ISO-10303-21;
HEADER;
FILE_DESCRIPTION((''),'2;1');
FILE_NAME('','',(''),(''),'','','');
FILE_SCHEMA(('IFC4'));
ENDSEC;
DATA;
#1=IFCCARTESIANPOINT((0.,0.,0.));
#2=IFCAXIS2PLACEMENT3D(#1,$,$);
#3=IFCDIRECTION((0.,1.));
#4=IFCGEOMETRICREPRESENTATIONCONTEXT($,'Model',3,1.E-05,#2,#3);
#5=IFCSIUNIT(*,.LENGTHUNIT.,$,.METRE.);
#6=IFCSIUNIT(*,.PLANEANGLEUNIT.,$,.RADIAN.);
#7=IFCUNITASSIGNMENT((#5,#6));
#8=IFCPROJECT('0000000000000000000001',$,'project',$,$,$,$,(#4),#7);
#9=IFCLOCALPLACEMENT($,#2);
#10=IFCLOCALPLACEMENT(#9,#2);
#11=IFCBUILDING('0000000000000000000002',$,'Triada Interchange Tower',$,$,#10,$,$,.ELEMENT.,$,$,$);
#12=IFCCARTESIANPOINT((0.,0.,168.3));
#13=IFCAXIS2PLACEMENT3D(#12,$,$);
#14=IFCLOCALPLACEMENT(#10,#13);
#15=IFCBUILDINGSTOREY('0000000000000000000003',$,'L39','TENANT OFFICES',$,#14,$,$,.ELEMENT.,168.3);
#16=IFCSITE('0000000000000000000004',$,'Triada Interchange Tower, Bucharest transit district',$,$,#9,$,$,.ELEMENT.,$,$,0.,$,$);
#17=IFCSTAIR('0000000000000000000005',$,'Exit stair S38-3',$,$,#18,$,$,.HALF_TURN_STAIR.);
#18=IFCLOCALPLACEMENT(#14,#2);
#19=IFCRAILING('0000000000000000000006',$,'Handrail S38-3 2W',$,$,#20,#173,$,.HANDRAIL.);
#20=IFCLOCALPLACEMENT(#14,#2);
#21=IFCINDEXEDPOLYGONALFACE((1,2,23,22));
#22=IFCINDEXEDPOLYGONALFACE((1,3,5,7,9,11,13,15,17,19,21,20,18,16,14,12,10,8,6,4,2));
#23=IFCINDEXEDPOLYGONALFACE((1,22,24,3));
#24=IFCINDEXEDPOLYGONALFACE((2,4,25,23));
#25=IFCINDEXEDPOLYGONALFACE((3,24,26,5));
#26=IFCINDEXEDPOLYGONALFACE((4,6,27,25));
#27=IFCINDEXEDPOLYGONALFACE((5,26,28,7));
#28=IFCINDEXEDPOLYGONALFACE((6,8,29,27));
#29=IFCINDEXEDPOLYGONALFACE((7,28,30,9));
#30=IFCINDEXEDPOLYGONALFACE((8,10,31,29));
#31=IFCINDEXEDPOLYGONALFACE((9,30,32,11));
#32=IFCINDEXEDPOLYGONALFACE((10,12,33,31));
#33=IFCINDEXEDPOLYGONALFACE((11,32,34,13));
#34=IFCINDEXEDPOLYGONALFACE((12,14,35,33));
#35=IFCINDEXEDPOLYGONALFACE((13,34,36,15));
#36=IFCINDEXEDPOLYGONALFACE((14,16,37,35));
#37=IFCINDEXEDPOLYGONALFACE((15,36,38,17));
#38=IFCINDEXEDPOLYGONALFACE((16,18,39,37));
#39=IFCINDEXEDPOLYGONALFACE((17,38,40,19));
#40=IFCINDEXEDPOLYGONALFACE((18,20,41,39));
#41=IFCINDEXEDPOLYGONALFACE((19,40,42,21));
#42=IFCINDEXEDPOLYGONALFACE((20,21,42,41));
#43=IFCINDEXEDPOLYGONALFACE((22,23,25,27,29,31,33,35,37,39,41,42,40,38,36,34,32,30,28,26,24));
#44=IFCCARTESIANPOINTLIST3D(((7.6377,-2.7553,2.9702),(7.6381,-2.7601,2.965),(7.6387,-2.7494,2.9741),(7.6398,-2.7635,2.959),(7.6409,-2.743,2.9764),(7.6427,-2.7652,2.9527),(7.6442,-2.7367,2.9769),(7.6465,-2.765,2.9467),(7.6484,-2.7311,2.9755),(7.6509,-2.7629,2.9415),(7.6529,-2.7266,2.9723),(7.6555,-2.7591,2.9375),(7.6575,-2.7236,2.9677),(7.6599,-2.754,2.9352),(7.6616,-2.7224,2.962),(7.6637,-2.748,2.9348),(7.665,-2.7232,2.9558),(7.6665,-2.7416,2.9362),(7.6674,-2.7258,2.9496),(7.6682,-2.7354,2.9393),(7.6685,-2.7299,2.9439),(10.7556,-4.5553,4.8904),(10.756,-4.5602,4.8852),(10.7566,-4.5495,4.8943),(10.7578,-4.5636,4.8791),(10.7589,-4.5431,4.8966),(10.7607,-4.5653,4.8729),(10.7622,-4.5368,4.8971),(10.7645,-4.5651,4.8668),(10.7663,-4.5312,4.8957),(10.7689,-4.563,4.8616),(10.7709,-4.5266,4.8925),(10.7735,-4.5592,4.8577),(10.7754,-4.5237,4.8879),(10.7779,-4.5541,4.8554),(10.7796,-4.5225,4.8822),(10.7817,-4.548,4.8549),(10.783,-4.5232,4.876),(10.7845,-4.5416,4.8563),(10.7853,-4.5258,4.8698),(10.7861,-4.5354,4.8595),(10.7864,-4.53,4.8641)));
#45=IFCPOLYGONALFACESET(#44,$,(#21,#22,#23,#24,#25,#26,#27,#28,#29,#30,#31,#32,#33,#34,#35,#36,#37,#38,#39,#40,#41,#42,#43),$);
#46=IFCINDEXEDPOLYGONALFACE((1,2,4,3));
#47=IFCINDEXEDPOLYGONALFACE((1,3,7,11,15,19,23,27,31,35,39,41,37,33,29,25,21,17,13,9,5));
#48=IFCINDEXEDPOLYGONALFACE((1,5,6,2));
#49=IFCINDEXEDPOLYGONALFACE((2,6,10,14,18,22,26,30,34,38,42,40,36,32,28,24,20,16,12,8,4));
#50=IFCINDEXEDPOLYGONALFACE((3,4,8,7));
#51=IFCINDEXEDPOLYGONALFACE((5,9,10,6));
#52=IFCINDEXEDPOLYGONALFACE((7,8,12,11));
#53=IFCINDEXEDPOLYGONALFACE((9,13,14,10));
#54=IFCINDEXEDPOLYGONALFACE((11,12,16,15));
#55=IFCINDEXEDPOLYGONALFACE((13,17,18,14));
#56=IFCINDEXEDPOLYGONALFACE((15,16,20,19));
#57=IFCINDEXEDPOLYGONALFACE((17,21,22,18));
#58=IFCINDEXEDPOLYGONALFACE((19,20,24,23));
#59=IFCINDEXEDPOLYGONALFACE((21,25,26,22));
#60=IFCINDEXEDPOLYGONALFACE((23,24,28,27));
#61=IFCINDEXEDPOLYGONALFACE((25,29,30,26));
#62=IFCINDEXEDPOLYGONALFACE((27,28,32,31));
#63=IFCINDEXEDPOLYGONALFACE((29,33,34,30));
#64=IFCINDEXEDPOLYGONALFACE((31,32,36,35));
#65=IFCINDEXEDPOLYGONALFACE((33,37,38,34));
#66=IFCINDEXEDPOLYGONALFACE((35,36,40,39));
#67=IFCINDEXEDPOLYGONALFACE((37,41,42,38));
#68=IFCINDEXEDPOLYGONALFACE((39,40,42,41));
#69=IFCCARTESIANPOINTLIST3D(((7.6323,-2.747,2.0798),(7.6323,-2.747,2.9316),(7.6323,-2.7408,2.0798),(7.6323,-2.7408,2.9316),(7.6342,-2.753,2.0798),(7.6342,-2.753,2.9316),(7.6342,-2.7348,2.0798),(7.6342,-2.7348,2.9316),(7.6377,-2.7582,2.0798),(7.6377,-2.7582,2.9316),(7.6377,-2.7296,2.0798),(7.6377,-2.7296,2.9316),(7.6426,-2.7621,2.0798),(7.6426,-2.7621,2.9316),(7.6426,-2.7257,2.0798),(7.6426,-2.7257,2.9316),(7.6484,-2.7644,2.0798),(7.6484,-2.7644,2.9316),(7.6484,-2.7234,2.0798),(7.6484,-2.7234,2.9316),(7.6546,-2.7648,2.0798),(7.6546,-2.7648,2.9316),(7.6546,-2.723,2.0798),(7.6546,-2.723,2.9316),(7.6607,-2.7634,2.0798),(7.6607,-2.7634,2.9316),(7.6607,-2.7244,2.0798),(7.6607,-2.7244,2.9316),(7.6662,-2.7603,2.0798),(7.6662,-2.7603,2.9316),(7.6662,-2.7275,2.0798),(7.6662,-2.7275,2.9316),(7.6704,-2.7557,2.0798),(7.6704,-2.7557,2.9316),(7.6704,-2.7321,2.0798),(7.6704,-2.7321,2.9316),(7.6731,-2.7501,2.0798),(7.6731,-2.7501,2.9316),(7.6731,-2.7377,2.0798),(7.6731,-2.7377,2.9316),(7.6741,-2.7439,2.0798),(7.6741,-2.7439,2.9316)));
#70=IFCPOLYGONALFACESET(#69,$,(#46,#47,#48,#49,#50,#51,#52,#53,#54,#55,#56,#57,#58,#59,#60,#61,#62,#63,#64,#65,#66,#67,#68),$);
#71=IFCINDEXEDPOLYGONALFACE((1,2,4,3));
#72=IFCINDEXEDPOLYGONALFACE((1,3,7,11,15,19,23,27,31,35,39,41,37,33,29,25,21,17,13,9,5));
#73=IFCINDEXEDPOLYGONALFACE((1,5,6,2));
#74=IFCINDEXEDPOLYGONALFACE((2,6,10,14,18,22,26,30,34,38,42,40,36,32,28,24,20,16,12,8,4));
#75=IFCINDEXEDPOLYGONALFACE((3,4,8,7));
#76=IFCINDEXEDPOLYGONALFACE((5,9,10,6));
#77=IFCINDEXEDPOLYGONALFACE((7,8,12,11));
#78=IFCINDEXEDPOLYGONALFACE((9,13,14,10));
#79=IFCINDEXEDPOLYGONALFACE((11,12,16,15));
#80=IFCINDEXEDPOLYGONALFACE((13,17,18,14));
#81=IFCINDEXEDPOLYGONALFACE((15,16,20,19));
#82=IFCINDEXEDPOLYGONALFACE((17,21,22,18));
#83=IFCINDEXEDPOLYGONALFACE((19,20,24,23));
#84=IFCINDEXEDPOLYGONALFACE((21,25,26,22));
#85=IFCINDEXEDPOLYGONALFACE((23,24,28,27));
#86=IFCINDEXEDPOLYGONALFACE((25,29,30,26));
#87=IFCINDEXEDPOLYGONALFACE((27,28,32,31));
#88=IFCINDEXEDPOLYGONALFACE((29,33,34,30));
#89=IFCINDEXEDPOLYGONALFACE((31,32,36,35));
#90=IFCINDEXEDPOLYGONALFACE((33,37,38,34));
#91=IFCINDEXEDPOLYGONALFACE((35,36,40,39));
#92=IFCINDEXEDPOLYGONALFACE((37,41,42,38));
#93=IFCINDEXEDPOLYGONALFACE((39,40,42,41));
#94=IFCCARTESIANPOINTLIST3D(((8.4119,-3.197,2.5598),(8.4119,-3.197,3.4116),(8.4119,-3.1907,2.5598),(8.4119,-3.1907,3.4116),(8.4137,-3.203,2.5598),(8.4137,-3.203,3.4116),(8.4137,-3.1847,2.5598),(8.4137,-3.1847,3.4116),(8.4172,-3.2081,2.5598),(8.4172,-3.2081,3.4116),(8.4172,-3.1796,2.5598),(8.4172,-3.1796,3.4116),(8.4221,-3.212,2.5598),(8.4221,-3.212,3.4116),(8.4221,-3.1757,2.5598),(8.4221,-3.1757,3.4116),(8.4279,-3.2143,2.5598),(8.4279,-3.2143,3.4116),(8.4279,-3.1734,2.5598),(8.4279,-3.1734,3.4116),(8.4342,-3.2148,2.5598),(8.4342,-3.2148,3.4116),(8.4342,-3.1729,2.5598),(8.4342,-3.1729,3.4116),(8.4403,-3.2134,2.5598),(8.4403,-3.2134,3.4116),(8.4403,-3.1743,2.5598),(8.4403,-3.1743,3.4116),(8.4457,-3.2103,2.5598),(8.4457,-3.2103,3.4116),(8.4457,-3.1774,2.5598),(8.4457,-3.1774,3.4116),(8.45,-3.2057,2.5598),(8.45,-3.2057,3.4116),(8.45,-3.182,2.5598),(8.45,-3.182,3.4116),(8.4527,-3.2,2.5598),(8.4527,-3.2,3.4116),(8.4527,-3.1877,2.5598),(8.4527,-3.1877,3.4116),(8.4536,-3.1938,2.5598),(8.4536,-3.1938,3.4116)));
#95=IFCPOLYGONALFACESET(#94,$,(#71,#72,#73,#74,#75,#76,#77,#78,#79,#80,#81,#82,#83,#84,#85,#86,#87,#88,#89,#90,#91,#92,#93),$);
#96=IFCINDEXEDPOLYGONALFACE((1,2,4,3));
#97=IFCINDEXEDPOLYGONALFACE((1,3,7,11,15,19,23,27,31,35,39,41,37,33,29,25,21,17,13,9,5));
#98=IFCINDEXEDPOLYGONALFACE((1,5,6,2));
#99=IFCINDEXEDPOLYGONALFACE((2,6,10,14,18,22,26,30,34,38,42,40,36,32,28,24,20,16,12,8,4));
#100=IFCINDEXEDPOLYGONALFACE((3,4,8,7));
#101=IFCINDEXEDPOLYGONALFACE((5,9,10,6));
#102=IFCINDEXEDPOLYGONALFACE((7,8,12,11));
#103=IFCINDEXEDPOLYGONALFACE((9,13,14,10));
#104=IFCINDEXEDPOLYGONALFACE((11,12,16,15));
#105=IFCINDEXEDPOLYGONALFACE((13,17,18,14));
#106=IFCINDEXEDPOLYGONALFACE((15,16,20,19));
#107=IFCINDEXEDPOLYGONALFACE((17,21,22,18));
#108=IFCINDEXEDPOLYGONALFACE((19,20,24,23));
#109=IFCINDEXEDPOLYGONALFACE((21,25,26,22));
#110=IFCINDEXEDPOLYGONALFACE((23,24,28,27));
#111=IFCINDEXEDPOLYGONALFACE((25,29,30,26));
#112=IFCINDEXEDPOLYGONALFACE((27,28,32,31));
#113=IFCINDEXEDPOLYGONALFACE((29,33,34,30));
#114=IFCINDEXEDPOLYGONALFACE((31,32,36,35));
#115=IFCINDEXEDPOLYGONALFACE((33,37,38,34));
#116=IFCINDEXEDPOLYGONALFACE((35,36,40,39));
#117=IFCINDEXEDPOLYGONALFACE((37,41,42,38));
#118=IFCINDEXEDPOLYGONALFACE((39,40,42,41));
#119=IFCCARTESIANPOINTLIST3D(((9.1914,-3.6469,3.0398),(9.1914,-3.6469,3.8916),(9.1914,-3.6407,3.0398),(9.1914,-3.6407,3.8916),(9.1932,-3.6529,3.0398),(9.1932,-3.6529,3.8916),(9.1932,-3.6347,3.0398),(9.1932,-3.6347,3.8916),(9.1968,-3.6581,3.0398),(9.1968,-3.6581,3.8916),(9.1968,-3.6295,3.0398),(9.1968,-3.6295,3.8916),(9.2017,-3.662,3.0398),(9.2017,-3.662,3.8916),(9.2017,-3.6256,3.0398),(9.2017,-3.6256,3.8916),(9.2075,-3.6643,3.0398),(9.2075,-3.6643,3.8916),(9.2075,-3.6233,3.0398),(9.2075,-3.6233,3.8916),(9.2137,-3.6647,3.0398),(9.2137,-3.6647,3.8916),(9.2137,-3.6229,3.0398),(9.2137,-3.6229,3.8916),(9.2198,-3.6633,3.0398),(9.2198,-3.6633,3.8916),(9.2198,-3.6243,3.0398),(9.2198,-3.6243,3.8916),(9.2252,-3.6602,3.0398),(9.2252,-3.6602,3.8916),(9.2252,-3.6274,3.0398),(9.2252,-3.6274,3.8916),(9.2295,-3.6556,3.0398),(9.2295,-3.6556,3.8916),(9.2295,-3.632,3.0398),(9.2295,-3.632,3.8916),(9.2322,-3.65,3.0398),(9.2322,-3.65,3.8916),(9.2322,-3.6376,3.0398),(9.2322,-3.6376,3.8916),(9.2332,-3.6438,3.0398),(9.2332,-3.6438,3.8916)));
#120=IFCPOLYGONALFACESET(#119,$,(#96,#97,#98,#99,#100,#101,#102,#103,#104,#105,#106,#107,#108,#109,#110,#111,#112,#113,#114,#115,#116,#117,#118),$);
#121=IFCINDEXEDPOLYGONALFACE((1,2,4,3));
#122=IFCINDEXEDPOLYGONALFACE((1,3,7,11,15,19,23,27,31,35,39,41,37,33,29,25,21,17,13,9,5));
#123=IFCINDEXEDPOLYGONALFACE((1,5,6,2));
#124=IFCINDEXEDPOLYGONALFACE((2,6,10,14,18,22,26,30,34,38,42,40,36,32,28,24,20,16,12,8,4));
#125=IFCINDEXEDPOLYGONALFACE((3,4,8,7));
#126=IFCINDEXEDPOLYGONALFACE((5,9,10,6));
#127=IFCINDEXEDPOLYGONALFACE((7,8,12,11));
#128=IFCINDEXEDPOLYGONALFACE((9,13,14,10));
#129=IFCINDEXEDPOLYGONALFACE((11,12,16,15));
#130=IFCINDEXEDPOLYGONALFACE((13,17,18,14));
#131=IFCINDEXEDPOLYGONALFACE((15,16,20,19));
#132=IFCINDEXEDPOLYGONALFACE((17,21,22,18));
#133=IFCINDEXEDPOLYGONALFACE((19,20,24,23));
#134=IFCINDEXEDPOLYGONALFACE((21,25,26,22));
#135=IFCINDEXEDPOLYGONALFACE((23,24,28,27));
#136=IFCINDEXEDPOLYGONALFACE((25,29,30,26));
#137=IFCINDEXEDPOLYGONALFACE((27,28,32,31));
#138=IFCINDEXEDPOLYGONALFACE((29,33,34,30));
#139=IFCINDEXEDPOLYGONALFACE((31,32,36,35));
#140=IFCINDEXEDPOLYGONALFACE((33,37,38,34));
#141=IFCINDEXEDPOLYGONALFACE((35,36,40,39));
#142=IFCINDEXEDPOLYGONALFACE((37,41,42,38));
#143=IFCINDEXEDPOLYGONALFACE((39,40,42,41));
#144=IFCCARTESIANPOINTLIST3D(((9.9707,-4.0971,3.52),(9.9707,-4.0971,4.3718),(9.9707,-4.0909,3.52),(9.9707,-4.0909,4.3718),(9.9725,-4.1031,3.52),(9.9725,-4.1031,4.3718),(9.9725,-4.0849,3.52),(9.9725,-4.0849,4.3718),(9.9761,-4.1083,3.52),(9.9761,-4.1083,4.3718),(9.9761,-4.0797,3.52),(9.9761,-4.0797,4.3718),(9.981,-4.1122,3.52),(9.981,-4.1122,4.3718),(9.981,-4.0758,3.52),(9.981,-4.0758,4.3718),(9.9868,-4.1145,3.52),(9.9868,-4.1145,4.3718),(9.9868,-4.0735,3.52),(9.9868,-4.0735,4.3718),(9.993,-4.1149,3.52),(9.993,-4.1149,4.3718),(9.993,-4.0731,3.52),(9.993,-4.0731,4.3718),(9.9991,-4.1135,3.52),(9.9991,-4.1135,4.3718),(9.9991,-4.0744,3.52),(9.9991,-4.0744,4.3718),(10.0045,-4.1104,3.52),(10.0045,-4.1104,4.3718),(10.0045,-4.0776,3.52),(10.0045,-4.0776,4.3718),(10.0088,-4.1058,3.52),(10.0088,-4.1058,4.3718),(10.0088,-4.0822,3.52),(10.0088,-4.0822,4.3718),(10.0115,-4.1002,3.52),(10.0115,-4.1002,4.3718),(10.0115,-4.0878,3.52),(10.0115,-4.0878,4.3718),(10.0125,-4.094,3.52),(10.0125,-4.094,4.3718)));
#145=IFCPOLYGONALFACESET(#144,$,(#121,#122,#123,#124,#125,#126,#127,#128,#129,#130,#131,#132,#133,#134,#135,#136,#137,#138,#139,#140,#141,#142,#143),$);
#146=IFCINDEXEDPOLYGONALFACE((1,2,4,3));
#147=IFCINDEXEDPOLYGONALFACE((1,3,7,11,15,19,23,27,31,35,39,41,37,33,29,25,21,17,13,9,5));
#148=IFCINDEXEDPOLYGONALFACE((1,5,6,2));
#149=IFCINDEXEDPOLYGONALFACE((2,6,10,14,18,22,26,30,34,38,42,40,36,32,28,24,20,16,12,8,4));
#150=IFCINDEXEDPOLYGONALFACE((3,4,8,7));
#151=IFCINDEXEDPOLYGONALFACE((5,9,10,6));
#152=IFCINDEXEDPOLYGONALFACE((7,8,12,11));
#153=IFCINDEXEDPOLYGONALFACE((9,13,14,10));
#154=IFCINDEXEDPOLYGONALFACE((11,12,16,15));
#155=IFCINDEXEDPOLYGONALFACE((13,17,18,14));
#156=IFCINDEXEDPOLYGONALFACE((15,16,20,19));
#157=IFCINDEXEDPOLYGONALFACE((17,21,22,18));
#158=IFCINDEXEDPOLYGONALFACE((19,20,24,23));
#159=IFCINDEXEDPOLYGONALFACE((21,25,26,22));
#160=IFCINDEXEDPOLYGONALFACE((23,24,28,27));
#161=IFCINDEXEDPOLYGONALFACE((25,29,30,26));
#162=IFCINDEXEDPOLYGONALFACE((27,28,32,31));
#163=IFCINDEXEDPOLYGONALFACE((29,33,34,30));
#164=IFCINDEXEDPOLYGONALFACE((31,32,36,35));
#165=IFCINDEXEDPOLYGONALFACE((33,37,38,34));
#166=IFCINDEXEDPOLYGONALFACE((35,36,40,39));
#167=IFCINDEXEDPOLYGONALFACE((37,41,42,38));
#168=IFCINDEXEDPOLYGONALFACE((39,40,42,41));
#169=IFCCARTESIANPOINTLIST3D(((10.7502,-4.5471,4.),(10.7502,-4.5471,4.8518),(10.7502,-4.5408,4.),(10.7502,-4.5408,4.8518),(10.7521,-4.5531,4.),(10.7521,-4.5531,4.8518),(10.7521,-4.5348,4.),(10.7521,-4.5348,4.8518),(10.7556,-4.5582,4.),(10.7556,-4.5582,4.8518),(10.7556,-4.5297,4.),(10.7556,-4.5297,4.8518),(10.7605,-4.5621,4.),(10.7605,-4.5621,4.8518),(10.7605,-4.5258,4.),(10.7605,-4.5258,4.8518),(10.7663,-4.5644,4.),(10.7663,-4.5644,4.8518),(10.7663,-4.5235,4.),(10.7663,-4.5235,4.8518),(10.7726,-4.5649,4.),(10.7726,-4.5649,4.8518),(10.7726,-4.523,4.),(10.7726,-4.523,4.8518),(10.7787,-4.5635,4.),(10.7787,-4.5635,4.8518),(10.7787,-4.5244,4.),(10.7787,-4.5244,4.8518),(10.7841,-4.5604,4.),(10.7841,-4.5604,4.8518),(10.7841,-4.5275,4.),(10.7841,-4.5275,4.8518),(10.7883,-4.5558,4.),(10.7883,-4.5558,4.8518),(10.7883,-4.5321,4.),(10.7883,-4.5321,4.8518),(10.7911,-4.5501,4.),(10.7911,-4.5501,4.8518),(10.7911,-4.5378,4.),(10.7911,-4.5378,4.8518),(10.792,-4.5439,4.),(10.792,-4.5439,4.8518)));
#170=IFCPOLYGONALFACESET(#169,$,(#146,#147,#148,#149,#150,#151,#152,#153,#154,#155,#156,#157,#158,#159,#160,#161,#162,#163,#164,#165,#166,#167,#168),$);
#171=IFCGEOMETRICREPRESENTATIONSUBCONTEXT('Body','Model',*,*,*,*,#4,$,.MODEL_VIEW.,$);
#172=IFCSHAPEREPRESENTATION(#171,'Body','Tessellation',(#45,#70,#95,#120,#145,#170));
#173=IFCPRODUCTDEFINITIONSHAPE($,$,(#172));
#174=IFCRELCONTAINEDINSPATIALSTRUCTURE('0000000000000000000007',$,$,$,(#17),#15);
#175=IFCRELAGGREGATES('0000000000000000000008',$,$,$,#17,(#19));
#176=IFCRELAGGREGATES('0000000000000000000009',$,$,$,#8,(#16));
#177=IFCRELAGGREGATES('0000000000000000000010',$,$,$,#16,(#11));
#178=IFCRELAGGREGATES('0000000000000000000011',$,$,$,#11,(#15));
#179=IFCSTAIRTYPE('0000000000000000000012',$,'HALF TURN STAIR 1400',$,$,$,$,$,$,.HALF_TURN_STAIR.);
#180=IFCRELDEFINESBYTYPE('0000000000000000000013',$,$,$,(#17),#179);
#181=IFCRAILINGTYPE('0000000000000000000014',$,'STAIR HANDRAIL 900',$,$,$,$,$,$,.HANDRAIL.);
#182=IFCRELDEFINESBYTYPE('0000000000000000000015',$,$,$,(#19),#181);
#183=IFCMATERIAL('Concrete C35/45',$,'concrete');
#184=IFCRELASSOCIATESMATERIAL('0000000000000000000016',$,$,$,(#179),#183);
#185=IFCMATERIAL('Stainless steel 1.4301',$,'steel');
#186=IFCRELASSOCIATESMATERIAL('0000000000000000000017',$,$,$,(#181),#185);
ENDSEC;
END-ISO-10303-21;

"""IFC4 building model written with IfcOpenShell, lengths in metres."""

from ifc_helpers import new_model, si_unit, direction, frame, origin, origin_2d, place, context, subcontext, project, spatial, circle, extrude, material, type_object, element, aggregate, save


model = new_model("IFC4")

# Units and contexts
model_context = context("Model", 3, precision=1e-05, world=origin(), true_north=direction((0.0, 1.0)))
body_context = subcontext(model_context, "Body", "Model", "MODEL_VIEW")
ifc_project = project(units=[si_unit("LENGTHUNIT", "METRE"), si_unit("PLANEANGLEUNIT", "RADIAN")], contexts=[model_context])

# Site, building, storey
site_placement = place(None, origin())
site = spatial("IfcSite", under=ifc_project, at=site_placement, Name="Triada Interchange Tower, Bucharest transit district", CompositionType="ELEMENT", RefElevation=0.0)
building_placement = place(site_placement, origin())
building = spatial("IfcBuilding", under=site, at=building_placement, Name="Triada Interchange Tower", CompositionType="ELEMENT")
storey_placement = place(building_placement, frame((0.0, 0.0, 168.3)))
storey = spatial("IfcBuildingStorey", under=building, at=storey_placement, Name="L39", Description="TENANT OFFICES", CompositionType="ELEMENT", Elevation=168.3)

# Stair, railing
ifc_material_1 = material(Name="Concrete C35/45", Category="concrete")
stair_type = type_object("IfcStairType", Name="HALF TURN STAIR 1400", PredefinedType="HALF_TURN_STAIR", material=ifc_material_1)
stair_placement = place(storey_placement, origin())
stair = element("IfcStair", 1, at=stair_placement, inside=storey, type_object=stair_type, Name="Exit stair S38-3", PredefinedType="HALF_TURN_STAIR")
ifc_material_2 = material(Name="Stainless steel 1.4301", Category="steel")
railing_type = type_object("IfcRailingType", Name="STAIR HANDRAIL 900", PredefinedType="HANDRAIL", material=ifc_material_2)
railing_1_placement = place(storey_placement, frame((7.6531, -2.7439, 2.0798)))
railing_1 = element("IfcRailing", 2, at=railing_1_placement, type_object=railing_type, Name="Handrail S38-3 2W", PredefinedType="HANDRAIL", context=body_context, shape_type="SweptSolid", body=[
    extrude(circle(Radius=0.0239, at=origin_2d()), frame((0.0, 0.0, 0.876), z_axis=(0.764145, -0.441159, 0.470597), x_axis=(0.499983, 0.866035, 0.0)), (0.0, 0.0, 1.0), 4.0803),
    extrude(circle(Radius=0.021, at=origin_2d()), origin(), (0.0, 0.0, 1.0), 0.8518),
    extrude(circle(Radius=0.021, at=origin_2d()), frame((0.7795, -0.45, 0.48)), (0.0, 0.0, 1.0), 0.8518),
    extrude(circle(Radius=0.021, at=origin_2d()), frame((1.5591, -0.8999, 0.96)), (0.0, 0.0, 1.0), 0.8518),
    extrude(circle(Radius=0.021, at=origin_2d()), frame((2.3384, -1.3501, 1.4402)), (0.0, 0.0, 1.0), 0.8518),
    extrude(circle(Radius=0.021, at=origin_2d()), frame((3.1179, -1.8, 1.9202)), (0.0, 0.0, 1.0), 0.8518),
])
aggregate(stair, [railing_1])

save(model, "model.ifc")
